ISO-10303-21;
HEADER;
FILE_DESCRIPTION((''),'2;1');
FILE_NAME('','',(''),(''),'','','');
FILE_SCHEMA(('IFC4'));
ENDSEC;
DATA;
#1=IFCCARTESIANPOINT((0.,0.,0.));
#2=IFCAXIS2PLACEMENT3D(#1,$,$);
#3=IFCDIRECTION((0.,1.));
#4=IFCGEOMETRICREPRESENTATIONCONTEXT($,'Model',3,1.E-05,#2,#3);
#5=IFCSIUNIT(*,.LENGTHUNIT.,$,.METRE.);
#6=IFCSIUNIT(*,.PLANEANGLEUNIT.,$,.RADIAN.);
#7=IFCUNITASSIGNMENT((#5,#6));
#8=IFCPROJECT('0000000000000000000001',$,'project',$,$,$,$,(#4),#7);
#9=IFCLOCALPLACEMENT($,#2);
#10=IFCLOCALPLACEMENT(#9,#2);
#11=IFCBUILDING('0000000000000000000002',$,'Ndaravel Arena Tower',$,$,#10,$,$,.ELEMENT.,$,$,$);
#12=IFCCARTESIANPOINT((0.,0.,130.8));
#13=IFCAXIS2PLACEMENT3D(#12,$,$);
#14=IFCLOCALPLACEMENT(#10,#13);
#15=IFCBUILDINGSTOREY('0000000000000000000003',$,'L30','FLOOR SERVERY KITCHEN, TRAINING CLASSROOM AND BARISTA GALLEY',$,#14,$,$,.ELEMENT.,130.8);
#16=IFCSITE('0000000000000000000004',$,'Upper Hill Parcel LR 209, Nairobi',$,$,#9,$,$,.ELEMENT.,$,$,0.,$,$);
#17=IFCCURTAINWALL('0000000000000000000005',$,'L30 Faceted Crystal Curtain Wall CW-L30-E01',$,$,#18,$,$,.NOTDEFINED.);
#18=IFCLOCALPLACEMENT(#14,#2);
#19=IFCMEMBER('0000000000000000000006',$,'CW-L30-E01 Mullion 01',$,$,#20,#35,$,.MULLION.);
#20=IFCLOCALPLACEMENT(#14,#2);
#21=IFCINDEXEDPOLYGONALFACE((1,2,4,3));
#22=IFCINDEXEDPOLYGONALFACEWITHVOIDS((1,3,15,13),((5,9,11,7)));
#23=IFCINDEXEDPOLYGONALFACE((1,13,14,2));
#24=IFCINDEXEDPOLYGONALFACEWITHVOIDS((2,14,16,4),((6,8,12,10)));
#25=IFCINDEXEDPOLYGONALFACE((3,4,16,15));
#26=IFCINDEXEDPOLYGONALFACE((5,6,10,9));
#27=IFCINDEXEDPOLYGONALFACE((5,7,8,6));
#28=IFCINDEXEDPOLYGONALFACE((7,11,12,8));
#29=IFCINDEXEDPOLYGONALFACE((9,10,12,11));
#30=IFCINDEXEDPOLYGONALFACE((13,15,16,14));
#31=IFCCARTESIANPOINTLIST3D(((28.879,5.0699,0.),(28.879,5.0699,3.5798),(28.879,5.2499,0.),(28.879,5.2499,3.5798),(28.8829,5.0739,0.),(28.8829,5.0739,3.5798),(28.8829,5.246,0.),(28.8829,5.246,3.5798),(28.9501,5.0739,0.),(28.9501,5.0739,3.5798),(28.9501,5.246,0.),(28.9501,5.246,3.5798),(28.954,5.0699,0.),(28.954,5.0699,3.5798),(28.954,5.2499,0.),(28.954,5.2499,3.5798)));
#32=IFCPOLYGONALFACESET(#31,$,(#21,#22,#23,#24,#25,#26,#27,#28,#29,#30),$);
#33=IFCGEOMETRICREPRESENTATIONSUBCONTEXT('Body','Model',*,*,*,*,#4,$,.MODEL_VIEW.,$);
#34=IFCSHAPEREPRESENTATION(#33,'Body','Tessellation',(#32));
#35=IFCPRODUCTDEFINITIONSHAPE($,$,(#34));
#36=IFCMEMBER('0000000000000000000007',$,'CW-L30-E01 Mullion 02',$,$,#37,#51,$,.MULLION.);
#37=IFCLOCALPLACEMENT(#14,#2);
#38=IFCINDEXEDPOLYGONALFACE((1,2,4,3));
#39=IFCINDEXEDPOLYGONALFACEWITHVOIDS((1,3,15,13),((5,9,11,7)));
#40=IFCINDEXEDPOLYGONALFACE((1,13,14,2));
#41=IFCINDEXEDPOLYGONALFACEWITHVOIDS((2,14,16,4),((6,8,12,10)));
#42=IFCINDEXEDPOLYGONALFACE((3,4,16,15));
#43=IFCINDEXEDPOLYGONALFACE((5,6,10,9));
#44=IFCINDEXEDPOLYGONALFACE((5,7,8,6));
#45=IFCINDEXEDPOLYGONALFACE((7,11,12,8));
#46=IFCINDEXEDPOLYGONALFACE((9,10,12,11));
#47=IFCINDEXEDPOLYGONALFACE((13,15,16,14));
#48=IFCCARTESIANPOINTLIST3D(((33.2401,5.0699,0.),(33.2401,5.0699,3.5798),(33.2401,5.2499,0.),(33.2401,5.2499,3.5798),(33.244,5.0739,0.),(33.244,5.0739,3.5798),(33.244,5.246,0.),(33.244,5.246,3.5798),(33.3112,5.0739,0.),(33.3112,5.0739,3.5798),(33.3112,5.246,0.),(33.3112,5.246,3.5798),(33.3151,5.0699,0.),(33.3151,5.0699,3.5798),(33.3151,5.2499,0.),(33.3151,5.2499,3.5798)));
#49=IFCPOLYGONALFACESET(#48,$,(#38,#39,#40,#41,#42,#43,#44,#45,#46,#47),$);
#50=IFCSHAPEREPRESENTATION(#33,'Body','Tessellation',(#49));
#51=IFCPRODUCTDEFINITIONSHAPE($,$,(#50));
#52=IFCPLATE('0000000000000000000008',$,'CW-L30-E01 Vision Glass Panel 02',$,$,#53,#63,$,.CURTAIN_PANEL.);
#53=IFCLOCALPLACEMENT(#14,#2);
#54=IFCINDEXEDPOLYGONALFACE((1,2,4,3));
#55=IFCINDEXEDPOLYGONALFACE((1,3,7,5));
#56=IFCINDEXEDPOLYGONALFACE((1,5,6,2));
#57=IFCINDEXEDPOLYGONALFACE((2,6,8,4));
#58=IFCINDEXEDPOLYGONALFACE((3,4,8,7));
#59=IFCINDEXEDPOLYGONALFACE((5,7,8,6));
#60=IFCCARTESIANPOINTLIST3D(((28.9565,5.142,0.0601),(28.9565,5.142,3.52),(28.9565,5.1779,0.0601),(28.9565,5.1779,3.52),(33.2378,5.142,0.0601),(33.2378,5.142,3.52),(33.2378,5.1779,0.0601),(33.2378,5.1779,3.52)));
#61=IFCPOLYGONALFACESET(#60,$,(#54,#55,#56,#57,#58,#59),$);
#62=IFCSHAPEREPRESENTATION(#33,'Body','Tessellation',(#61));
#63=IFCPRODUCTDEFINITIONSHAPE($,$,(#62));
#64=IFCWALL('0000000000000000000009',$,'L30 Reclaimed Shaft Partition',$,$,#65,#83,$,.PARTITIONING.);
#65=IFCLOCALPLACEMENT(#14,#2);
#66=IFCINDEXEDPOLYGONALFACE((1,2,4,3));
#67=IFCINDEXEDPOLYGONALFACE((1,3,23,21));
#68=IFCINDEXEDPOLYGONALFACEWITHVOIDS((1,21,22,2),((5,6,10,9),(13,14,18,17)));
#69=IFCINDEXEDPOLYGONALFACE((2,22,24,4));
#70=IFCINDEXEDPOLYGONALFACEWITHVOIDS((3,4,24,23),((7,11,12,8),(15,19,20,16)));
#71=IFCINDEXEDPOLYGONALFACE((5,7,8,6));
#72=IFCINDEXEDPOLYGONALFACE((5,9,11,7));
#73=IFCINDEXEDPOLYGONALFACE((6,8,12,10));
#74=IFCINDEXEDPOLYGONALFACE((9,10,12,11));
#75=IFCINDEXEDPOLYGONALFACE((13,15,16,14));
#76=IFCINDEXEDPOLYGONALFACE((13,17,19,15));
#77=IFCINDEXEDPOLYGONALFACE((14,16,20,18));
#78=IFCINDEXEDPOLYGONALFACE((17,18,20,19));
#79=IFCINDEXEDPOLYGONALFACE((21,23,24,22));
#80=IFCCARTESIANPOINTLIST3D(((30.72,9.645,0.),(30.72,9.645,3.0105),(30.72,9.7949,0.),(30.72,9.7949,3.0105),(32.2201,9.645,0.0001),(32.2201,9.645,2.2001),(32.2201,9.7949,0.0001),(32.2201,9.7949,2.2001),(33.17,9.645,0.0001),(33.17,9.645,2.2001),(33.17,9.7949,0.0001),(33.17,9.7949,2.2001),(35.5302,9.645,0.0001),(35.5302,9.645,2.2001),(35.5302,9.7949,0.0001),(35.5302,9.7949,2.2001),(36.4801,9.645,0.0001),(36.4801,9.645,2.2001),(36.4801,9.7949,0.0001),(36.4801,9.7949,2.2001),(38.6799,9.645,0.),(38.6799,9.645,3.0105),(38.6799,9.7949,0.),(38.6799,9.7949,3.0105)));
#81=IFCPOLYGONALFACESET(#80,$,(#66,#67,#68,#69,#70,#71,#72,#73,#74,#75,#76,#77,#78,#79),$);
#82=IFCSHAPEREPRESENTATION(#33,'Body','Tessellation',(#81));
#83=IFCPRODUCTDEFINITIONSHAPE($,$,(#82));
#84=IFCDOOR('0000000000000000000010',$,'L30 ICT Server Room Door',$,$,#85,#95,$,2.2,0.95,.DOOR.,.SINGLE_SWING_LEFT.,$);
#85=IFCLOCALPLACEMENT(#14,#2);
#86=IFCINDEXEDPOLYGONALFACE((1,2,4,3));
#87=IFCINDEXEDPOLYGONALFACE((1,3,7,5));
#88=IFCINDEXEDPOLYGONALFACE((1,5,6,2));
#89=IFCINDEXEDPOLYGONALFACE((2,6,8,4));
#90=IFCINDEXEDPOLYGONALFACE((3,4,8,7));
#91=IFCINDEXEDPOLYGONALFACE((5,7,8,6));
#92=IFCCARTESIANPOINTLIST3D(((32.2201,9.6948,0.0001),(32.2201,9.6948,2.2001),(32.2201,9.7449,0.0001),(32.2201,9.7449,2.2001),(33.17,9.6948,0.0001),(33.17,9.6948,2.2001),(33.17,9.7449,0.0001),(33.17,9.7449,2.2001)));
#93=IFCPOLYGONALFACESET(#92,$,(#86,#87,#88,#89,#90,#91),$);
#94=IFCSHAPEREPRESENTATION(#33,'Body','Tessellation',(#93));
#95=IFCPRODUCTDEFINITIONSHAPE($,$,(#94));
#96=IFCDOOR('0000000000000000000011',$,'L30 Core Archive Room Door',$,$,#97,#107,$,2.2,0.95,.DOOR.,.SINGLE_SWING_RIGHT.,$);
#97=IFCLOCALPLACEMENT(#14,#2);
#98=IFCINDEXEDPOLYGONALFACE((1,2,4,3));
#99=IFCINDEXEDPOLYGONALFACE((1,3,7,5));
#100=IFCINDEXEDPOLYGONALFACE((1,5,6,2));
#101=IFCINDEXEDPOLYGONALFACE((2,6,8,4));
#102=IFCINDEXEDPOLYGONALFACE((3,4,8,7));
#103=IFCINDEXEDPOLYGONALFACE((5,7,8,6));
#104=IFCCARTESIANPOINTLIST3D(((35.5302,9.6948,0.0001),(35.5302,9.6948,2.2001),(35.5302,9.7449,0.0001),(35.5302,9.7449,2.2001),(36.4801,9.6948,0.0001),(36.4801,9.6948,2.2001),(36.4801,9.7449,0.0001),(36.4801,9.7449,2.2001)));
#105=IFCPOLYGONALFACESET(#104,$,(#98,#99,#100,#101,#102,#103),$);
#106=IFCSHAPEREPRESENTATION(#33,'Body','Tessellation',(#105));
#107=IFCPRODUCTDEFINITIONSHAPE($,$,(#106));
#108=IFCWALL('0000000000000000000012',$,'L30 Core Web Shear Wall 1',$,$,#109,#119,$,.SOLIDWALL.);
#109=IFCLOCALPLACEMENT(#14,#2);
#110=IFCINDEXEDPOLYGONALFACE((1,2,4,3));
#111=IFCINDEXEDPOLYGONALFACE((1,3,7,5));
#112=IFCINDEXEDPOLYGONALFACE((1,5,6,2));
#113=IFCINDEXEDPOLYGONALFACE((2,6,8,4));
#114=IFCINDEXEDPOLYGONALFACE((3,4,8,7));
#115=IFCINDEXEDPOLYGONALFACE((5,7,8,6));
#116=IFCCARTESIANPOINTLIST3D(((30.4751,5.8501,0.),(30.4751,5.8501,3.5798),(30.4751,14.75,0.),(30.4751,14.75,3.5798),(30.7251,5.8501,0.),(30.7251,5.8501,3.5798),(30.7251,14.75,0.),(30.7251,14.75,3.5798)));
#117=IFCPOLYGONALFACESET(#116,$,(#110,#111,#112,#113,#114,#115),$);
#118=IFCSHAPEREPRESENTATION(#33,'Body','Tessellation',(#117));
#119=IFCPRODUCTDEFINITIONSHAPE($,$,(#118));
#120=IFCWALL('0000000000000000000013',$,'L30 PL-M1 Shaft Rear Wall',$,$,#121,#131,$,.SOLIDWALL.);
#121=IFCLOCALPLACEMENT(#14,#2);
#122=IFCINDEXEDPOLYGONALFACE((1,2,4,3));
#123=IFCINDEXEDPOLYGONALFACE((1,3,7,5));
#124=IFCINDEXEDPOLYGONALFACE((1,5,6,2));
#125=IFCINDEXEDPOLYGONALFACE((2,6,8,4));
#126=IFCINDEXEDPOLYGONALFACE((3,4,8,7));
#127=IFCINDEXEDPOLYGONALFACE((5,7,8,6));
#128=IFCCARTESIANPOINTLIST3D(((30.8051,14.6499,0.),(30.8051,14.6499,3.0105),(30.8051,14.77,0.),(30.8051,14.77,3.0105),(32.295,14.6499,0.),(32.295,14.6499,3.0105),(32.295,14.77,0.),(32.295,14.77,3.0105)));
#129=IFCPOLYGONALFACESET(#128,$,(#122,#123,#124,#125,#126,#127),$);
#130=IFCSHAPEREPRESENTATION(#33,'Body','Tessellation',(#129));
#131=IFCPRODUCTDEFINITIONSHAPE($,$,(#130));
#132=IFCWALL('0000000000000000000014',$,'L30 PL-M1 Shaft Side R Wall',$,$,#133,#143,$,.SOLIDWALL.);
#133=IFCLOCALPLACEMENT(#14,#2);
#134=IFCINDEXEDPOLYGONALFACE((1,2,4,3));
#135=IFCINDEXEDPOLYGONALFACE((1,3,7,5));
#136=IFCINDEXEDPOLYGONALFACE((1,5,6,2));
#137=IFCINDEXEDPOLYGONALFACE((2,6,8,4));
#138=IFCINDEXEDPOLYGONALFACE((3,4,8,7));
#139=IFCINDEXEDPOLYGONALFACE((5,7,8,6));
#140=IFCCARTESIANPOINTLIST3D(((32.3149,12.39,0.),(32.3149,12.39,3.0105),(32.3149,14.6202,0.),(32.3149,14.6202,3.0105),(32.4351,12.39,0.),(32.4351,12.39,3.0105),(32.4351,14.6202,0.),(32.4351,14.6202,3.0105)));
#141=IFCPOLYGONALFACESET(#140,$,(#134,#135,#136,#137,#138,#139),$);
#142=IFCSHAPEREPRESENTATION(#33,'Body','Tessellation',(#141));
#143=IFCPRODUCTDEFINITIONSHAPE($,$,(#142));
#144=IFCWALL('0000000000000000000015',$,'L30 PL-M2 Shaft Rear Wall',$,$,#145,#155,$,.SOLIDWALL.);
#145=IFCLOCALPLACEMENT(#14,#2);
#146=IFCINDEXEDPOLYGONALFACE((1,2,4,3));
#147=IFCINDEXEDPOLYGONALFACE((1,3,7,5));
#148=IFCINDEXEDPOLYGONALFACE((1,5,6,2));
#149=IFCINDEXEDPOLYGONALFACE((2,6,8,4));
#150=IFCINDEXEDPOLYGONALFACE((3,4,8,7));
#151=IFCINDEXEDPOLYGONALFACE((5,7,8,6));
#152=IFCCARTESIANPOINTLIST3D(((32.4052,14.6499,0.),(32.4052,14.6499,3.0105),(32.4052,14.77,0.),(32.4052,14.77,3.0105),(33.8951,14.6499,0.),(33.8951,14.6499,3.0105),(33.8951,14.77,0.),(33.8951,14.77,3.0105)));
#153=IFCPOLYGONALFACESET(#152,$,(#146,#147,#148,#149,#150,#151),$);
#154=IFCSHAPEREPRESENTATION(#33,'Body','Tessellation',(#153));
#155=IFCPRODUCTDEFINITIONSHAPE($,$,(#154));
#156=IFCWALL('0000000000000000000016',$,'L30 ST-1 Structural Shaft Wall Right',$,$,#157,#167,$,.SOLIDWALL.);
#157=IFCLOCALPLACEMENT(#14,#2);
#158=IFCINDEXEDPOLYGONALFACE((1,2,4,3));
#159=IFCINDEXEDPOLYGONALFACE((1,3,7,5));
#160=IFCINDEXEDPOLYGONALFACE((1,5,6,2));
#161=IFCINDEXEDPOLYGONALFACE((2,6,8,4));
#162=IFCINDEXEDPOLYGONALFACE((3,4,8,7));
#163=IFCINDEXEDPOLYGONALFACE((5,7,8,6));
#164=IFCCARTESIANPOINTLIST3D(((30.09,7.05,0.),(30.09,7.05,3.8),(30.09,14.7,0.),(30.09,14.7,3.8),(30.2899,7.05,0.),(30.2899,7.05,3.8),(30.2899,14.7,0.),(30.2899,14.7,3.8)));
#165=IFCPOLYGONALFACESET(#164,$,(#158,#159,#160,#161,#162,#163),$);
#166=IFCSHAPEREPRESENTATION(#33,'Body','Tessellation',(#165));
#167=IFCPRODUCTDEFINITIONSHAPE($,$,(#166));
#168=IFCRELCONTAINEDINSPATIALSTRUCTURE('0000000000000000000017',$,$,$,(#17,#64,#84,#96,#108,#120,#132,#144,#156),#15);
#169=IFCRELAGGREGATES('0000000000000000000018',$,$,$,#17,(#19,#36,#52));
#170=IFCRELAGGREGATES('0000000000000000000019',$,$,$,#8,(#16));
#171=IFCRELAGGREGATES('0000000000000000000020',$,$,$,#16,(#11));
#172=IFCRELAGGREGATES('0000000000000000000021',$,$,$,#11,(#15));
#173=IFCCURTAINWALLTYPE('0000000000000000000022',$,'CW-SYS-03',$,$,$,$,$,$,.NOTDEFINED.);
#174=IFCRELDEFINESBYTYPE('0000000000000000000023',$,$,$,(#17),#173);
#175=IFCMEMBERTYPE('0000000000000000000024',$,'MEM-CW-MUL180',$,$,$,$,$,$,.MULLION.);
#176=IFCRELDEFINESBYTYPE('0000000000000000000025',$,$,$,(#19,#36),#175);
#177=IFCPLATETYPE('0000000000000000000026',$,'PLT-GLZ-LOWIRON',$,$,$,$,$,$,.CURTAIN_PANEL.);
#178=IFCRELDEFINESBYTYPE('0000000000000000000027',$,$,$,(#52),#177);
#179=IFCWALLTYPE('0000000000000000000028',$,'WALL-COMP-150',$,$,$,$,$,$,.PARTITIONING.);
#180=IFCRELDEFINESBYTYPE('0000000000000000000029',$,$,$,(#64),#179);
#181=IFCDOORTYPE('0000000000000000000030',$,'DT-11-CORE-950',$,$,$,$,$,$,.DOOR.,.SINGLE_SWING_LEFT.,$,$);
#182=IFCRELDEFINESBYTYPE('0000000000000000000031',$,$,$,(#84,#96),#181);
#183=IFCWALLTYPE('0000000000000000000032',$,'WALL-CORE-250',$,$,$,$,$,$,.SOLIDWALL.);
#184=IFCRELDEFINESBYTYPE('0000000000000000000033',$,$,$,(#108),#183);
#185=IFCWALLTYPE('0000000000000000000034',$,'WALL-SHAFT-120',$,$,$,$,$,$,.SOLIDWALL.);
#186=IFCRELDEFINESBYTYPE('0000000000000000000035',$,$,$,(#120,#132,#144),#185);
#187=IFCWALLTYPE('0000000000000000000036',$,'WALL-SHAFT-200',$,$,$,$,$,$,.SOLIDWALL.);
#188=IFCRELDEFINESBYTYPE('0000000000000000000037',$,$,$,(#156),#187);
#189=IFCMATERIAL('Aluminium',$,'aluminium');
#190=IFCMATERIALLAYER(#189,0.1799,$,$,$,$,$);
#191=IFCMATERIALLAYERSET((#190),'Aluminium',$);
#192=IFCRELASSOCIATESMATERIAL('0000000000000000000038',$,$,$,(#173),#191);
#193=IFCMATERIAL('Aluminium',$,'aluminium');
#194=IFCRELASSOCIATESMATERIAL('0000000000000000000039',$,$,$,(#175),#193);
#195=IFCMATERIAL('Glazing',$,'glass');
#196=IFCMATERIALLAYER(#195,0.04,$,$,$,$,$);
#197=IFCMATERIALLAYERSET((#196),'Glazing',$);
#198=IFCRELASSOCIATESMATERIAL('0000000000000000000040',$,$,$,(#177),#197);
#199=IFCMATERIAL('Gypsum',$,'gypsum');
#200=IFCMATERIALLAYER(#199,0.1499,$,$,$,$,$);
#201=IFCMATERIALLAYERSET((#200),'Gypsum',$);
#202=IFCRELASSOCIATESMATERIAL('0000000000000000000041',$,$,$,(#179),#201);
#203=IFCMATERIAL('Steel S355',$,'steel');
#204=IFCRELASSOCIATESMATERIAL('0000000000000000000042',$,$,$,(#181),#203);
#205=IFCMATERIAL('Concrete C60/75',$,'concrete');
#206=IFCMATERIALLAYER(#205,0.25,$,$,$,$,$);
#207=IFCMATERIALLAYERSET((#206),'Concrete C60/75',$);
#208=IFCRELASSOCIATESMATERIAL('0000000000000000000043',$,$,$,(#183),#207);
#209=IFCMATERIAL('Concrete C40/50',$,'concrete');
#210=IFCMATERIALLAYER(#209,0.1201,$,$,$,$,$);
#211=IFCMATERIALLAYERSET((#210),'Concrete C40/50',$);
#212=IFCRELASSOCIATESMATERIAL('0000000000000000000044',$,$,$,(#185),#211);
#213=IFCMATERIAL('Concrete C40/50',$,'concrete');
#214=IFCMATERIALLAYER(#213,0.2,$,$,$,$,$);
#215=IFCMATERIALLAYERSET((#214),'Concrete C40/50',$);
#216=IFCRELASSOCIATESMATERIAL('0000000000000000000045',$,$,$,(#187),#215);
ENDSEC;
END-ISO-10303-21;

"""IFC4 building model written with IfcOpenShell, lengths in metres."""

from ifc_helpers import new_model, si_unit, direction, frame, frame_2d, origin, origin_2d, place, context, subcontext, project, spatial, rectangle, hollow_rectangle, extrude, material, layer, layer_set, material_profile, profile_set, type_object, element, fill, aggregate, save


model = new_model("IFC4")

# Units and contexts
model_context = context("Model", 3, precision=1e-05, world=origin(), true_north=direction((0.0, 1.0)))
body_context = subcontext(model_context, "Body", "Model", "MODEL_VIEW")
ifc_project = project(units=[si_unit("LENGTHUNIT", "METRE"), si_unit("PLANEANGLEUNIT", "RADIAN")], contexts=[model_context])

# Site, building, storey
site_placement = place(None, origin())
site = spatial("IfcSite", under=ifc_project, at=site_placement, Name="Upper Hill Parcel LR 209, Nairobi", CompositionType="ELEMENT", RefElevation=0.0)
building_placement = place(site_placement, origin())
building = spatial("IfcBuilding", under=site, at=building_placement, Name="Ndaravel Arena Tower", CompositionType="ELEMENT")
storey_placement = place(building_placement, frame((0.0, 0.0, 130.8)))
storey = spatial("IfcBuildingStorey", under=building, at=storey_placement, Name="L30", Description="FLOOR SERVERY KITCHEN, TRAINING CLASSROOM AND BARISTA GALLEY", CompositionType="ELEMENT", Elevation=130.8)

# Curtain wall, members, plate
ifc_material_1 = material(Name="Aluminium", Category="aluminium")
ifc_layer_1 = layer(ifc_material_1, 0.1799)
ifc_layer_set_1 = layer_set([ifc_layer_1], Name="Aluminium")
curtain_wall_type = type_object("IfcCurtainWallType", Name="CW-SYS-03", PredefinedType="NOTDEFINED", material=ifc_layer_set_1)
curtain_wall_placement = place(storey_placement, origin())
curtain_wall = element("IfcCurtainWall", 1, at=curtain_wall_placement, inside=storey, type_object=curtain_wall_type, Name="L30 Faceted Crystal Curtain Wall CW-L30-E01", PredefinedType="NOTDEFINED")
ifc_material_2 = material(Name="Aluminium", Category="aluminium")
ifc_material_profile = material_profile(ifc_material_2, hollow_rectangle(XDim=0.075, YDim=0.1799, WallThickness=0.0039, at=origin_2d()), Name="CW MULLION 75x180x4")
ifc_profile_set = profile_set([ifc_material_profile], Name="Aluminium")
member_type = type_object("IfcMemberType", Name="MEM-CW-MUL180", PredefinedType="MULLION", material=ifc_profile_set)
member_1_placement = place(storey_placement, frame((28.9165, 5.1599, 0.0), z_axis=(0.0, 0.0, 1.0), x_axis=(1.0, 0.0, 0.0)))
member_1 = element("IfcMember", 2, at=member_1_placement, type_object=member_type, Name="CW-L30-E01 Mullion 01", PredefinedType="MULLION", context=body_context, shape_type="SweptSolid", body=[
    extrude(hollow_rectangle(XDim=0.075, YDim=0.1799, WallThickness=0.0039, at=origin_2d()), origin(), (0.0, 0.0, 1.0), 3.5798),
])
member_2_placement = place(storey_placement, frame((33.2776, 5.1599, 0.0), z_axis=(0.0, 0.0, 1.0), x_axis=(1.0, 0.0, 0.0)))
member_2 = element("IfcMember", 3, at=member_2_placement, type_object=member_type, Name="CW-L30-E01 Mullion 02", PredefinedType="MULLION", context=body_context, shape_type="SweptSolid", body=[
    extrude(hollow_rectangle(XDim=0.075, YDim=0.1799, WallThickness=0.0039, at=origin_2d()), origin(), (0.0, 0.0, 1.0), 3.5798),
])
ifc_material_3 = material(Name="Glazing", Category="glass")
ifc_layer_2 = layer(ifc_material_3, 0.04)
ifc_layer_set_2 = layer_set([ifc_layer_2], Name="Glazing")
plate_type = type_object("IfcPlateType", Name="PLT-GLZ-LOWIRON", PredefinedType="CURTAIN_PANEL", material=ifc_layer_set_2)
plate_placement = place(storey_placement, frame((31.0972, 5.1599, 0.0601), z_axis=(0.0, 0.0, 1.0), x_axis=(1.0, 0.0, 0.0)))
plate = element("IfcPlate", 4, at=plate_placement, type_object=plate_type, Name="CW-L30-E01 Vision Glass Panel 02", PredefinedType="CURTAIN_PANEL", context=body_context, shape_type="SweptSolid", body=[
    extrude(rectangle(XDim=4.2812, YDim=0.0359, at=origin_2d()), origin(), (0.0, 0.0, 1.0), 3.46),
])
aggregate(curtain_wall, [member_1, member_2, plate])

# Wall, openings, doors
ifc_material_4 = material(Name="Gypsum", Category="gypsum")
ifc_layer_3 = layer(ifc_material_4, 0.1499)
ifc_layer_set_3 = layer_set([ifc_layer_3], Name="Gypsum")
wall_type_1 = type_object("IfcWallType", Name="WALL-COMP-150", PredefinedType="PARTITIONING", material=ifc_layer_set_3)
wall_1_placement = place(storey_placement, frame((30.72, 9.72, 0.0), z_axis=(0.0, 0.0, 1.0), x_axis=(1.0, 0.0, 0.0)))
wall_1 = element("IfcWall", 5, at=wall_1_placement, inside=storey, type_object=wall_type_1, Name="L30 Reclaimed Shaft Partition", PredefinedType="PARTITIONING", context=body_context, shape_type="SweptSolid", body=[
    extrude(rectangle(XDim=7.96, YDim=0.1499, at=frame_2d((3.98, 0.0))), origin(), (0.0, 0.0, 1.0), 3.0105),
])
opening_1_placement = place(wall_1_placement, frame((1.5, 0.0, 0.0)))
opening_1 = element("IfcOpeningElement", 6, at=opening_1_placement, cuts=wall_1, PredefinedType="OPENING", context=body_context, shape_type="SweptSolid", body=[
    extrude(rectangle(XDim=0.95, YDim=2.2, at=frame_2d((0.4751, 1.1001))), frame((0.0, 0.075, 0.0), z_axis=(0.0, -1.0, 0.0), x_axis=(1.0, 0.0, 0.0)), (0.0, 0.0, 1.0), 0.1499),
])
opening_2_placement = place(wall_1_placement, frame((4.8101, 0.0, 0.0)))
opening_2 = element("IfcOpeningElement", 7, at=opening_2_placement, cuts=wall_1, PredefinedType="OPENING", context=body_context, shape_type="SweptSolid", body=[
    extrude(rectangle(XDim=0.95, YDim=2.2, at=frame_2d((0.4751, 1.1001))), frame((0.0, 0.075, 0.0), z_axis=(0.0, -1.0, 0.0), x_axis=(1.0, 0.0, 0.0)), (0.0, 0.0, 1.0), 0.1499),
])
ifc_material_5 = material(Name="Steel S355", Category="steel")
door_type_1 = type_object("IfcDoorType", Name="DT-11-CORE-950", OperationType="SINGLE_SWING_LEFT", PredefinedType="DOOR", material=ifc_material_5)
door_1_placement = place(opening_1_placement, origin())
door_1 = element("IfcDoor", 8, at=door_1_placement, inside=storey, type_object=door_type_1, Name="L30 ICT Server Room Door", OperationType="SINGLE_SWING_LEFT", OverallHeight=2.2, OverallWidth=0.95, PredefinedType="DOOR", context=body_context, shape_type="SweptSolid", body=[
    extrude(rectangle(XDim=0.95, YDim=2.2, at=frame_2d((0.4751, 1.1001))), frame((0.0, 0.0249, 0.0), z_axis=(0.0, -1.0, 0.0), x_axis=(1.0, 0.0, 0.0)), (0.0, 0.0, 1.0), 0.05),
])
fill(opening_1, door_1)
door_2_placement = place(opening_2_placement, origin())
door_2 = element("IfcDoor", 9, at=door_2_placement, inside=storey, type_object=door_type_1, Name="L30 Core Archive Room Door", OperationType="SINGLE_SWING_RIGHT", OverallHeight=2.2, OverallWidth=0.95, PredefinedType="DOOR", context=body_context, shape_type="SweptSolid", body=[
    extrude(rectangle(XDim=0.95, YDim=2.2, at=frame_2d((0.4751, 1.1001))), frame((0.0, 0.0249, 0.0), z_axis=(0.0, -1.0, 0.0), x_axis=(1.0, 0.0, 0.0)), (0.0, 0.0, 1.0), 0.05),
])
fill(opening_2, door_2)

# Walls
ifc_material_6 = material(Name="Concrete C60/75", Category="concrete")
ifc_layer_4 = layer(ifc_material_6, 0.25)
ifc_layer_set_4 = layer_set([ifc_layer_4], Name="Concrete C60/75")
wall_type_2 = type_object("IfcWallType", Name="WALL-CORE-250", PredefinedType="SOLIDWALL", material=ifc_layer_set_4)
wall_2_placement = place(storey_placement, frame((30.6001, 5.8501, 0.0), z_axis=(0.0, 0.0, 1.0), x_axis=(0.0, 1.0, 0.0)))
element("IfcWall", 10, at=wall_2_placement, inside=storey, type_object=wall_type_2, Name="L30 Core Web Shear Wall 1", PredefinedType="SOLIDWALL", context=body_context, shape_type="SweptSolid", body=[
    extrude(rectangle(XDim=8.8999, YDim=0.25, at=frame_2d((4.45, 0.0))), origin(), (0.0, 0.0, 1.0), 3.5798),
])
ifc_material_7 = material(Name="Concrete C40/50", Category="concrete")
ifc_layer_5 = layer(ifc_material_7, 0.1201)
ifc_layer_set_5 = layer_set([ifc_layer_5], Name="Concrete C40/50")
wall_type_3 = type_object("IfcWallType", Name="WALL-SHAFT-120", PredefinedType="SOLIDWALL", material=ifc_layer_set_5)
wall_3_placement = place(storey_placement, frame((30.8049, 14.71, 0.0), z_axis=(0.0, 0.0, 1.0), x_axis=(1.0, 0.0, 0.0)))
element("IfcWall", 11, at=wall_3_placement, inside=storey, type_object=wall_type_3, Name="L30 PL-M1 Shaft Rear Wall", PredefinedType="SOLIDWALL", context=body_context, shape_type="SweptSolid", body=[
    extrude(rectangle(XDim=1.49, YDim=0.1201, at=frame_2d((0.7451, 0.0))), origin(), (0.0, 0.0, 1.0), 3.0105),
])
wall_4_placement = place(storey_placement, frame((32.375, 12.3899, 0.0), z_axis=(0.0, 0.0, 1.0), x_axis=(0.0, 1.0, 0.0)))
element("IfcWall", 12, at=wall_4_placement, inside=storey, type_object=wall_type_3, Name="L30 PL-M1 Shaft Side R Wall", PredefinedType="SOLIDWALL", context=body_context, shape_type="SweptSolid", body=[
    extrude(rectangle(XDim=2.2302, YDim=0.1201, at=frame_2d((1.1152, 0.0))), origin(), (0.0, 0.0, 1.0), 3.0105),
])
wall_5_placement = place(storey_placement, frame((32.405, 14.71, 0.0), z_axis=(0.0, 0.0, 1.0), x_axis=(1.0, 0.0, 0.0)))
element("IfcWall", 13, at=wall_5_placement, inside=storey, type_object=wall_type_3, Name="L30 PL-M2 Shaft Rear Wall", PredefinedType="SOLIDWALL", context=body_context, shape_type="SweptSolid", body=[
    extrude(rectangle(XDim=1.49, YDim=0.1201, at=frame_2d((0.7451, 0.0))), origin(), (0.0, 0.0, 1.0), 3.0105),
])
ifc_material_8 = material(Name="Concrete C40/50", Category="concrete")
ifc_layer_6 = layer(ifc_material_8, 0.2)
ifc_layer_set_6 = layer_set([ifc_layer_6], Name="Concrete C40/50")
wall_type_4 = type_object("IfcWallType", Name="WALL-SHAFT-200", PredefinedType="SOLIDWALL", material=ifc_layer_set_6)
wall_6_placement = place(storey_placement, frame((30.1899, 14.7, 0.0), z_axis=(0.0, 0.0, 1.0), x_axis=(0.0, -1.0, 0.0)))
element("IfcWall", 14, at=wall_6_placement, inside=storey, type_object=wall_type_4, Name="L30 ST-1 Structural Shaft Wall Right", PredefinedType="SOLIDWALL", context=body_context, shape_type="SweptSolid", body=[
    extrude(rectangle(XDim=7.6499, YDim=0.2, at=frame_2d((3.825, 0.0))), origin(), (0.0, 0.0, 1.0), 3.8),
])

save(model, "model.ifc")
